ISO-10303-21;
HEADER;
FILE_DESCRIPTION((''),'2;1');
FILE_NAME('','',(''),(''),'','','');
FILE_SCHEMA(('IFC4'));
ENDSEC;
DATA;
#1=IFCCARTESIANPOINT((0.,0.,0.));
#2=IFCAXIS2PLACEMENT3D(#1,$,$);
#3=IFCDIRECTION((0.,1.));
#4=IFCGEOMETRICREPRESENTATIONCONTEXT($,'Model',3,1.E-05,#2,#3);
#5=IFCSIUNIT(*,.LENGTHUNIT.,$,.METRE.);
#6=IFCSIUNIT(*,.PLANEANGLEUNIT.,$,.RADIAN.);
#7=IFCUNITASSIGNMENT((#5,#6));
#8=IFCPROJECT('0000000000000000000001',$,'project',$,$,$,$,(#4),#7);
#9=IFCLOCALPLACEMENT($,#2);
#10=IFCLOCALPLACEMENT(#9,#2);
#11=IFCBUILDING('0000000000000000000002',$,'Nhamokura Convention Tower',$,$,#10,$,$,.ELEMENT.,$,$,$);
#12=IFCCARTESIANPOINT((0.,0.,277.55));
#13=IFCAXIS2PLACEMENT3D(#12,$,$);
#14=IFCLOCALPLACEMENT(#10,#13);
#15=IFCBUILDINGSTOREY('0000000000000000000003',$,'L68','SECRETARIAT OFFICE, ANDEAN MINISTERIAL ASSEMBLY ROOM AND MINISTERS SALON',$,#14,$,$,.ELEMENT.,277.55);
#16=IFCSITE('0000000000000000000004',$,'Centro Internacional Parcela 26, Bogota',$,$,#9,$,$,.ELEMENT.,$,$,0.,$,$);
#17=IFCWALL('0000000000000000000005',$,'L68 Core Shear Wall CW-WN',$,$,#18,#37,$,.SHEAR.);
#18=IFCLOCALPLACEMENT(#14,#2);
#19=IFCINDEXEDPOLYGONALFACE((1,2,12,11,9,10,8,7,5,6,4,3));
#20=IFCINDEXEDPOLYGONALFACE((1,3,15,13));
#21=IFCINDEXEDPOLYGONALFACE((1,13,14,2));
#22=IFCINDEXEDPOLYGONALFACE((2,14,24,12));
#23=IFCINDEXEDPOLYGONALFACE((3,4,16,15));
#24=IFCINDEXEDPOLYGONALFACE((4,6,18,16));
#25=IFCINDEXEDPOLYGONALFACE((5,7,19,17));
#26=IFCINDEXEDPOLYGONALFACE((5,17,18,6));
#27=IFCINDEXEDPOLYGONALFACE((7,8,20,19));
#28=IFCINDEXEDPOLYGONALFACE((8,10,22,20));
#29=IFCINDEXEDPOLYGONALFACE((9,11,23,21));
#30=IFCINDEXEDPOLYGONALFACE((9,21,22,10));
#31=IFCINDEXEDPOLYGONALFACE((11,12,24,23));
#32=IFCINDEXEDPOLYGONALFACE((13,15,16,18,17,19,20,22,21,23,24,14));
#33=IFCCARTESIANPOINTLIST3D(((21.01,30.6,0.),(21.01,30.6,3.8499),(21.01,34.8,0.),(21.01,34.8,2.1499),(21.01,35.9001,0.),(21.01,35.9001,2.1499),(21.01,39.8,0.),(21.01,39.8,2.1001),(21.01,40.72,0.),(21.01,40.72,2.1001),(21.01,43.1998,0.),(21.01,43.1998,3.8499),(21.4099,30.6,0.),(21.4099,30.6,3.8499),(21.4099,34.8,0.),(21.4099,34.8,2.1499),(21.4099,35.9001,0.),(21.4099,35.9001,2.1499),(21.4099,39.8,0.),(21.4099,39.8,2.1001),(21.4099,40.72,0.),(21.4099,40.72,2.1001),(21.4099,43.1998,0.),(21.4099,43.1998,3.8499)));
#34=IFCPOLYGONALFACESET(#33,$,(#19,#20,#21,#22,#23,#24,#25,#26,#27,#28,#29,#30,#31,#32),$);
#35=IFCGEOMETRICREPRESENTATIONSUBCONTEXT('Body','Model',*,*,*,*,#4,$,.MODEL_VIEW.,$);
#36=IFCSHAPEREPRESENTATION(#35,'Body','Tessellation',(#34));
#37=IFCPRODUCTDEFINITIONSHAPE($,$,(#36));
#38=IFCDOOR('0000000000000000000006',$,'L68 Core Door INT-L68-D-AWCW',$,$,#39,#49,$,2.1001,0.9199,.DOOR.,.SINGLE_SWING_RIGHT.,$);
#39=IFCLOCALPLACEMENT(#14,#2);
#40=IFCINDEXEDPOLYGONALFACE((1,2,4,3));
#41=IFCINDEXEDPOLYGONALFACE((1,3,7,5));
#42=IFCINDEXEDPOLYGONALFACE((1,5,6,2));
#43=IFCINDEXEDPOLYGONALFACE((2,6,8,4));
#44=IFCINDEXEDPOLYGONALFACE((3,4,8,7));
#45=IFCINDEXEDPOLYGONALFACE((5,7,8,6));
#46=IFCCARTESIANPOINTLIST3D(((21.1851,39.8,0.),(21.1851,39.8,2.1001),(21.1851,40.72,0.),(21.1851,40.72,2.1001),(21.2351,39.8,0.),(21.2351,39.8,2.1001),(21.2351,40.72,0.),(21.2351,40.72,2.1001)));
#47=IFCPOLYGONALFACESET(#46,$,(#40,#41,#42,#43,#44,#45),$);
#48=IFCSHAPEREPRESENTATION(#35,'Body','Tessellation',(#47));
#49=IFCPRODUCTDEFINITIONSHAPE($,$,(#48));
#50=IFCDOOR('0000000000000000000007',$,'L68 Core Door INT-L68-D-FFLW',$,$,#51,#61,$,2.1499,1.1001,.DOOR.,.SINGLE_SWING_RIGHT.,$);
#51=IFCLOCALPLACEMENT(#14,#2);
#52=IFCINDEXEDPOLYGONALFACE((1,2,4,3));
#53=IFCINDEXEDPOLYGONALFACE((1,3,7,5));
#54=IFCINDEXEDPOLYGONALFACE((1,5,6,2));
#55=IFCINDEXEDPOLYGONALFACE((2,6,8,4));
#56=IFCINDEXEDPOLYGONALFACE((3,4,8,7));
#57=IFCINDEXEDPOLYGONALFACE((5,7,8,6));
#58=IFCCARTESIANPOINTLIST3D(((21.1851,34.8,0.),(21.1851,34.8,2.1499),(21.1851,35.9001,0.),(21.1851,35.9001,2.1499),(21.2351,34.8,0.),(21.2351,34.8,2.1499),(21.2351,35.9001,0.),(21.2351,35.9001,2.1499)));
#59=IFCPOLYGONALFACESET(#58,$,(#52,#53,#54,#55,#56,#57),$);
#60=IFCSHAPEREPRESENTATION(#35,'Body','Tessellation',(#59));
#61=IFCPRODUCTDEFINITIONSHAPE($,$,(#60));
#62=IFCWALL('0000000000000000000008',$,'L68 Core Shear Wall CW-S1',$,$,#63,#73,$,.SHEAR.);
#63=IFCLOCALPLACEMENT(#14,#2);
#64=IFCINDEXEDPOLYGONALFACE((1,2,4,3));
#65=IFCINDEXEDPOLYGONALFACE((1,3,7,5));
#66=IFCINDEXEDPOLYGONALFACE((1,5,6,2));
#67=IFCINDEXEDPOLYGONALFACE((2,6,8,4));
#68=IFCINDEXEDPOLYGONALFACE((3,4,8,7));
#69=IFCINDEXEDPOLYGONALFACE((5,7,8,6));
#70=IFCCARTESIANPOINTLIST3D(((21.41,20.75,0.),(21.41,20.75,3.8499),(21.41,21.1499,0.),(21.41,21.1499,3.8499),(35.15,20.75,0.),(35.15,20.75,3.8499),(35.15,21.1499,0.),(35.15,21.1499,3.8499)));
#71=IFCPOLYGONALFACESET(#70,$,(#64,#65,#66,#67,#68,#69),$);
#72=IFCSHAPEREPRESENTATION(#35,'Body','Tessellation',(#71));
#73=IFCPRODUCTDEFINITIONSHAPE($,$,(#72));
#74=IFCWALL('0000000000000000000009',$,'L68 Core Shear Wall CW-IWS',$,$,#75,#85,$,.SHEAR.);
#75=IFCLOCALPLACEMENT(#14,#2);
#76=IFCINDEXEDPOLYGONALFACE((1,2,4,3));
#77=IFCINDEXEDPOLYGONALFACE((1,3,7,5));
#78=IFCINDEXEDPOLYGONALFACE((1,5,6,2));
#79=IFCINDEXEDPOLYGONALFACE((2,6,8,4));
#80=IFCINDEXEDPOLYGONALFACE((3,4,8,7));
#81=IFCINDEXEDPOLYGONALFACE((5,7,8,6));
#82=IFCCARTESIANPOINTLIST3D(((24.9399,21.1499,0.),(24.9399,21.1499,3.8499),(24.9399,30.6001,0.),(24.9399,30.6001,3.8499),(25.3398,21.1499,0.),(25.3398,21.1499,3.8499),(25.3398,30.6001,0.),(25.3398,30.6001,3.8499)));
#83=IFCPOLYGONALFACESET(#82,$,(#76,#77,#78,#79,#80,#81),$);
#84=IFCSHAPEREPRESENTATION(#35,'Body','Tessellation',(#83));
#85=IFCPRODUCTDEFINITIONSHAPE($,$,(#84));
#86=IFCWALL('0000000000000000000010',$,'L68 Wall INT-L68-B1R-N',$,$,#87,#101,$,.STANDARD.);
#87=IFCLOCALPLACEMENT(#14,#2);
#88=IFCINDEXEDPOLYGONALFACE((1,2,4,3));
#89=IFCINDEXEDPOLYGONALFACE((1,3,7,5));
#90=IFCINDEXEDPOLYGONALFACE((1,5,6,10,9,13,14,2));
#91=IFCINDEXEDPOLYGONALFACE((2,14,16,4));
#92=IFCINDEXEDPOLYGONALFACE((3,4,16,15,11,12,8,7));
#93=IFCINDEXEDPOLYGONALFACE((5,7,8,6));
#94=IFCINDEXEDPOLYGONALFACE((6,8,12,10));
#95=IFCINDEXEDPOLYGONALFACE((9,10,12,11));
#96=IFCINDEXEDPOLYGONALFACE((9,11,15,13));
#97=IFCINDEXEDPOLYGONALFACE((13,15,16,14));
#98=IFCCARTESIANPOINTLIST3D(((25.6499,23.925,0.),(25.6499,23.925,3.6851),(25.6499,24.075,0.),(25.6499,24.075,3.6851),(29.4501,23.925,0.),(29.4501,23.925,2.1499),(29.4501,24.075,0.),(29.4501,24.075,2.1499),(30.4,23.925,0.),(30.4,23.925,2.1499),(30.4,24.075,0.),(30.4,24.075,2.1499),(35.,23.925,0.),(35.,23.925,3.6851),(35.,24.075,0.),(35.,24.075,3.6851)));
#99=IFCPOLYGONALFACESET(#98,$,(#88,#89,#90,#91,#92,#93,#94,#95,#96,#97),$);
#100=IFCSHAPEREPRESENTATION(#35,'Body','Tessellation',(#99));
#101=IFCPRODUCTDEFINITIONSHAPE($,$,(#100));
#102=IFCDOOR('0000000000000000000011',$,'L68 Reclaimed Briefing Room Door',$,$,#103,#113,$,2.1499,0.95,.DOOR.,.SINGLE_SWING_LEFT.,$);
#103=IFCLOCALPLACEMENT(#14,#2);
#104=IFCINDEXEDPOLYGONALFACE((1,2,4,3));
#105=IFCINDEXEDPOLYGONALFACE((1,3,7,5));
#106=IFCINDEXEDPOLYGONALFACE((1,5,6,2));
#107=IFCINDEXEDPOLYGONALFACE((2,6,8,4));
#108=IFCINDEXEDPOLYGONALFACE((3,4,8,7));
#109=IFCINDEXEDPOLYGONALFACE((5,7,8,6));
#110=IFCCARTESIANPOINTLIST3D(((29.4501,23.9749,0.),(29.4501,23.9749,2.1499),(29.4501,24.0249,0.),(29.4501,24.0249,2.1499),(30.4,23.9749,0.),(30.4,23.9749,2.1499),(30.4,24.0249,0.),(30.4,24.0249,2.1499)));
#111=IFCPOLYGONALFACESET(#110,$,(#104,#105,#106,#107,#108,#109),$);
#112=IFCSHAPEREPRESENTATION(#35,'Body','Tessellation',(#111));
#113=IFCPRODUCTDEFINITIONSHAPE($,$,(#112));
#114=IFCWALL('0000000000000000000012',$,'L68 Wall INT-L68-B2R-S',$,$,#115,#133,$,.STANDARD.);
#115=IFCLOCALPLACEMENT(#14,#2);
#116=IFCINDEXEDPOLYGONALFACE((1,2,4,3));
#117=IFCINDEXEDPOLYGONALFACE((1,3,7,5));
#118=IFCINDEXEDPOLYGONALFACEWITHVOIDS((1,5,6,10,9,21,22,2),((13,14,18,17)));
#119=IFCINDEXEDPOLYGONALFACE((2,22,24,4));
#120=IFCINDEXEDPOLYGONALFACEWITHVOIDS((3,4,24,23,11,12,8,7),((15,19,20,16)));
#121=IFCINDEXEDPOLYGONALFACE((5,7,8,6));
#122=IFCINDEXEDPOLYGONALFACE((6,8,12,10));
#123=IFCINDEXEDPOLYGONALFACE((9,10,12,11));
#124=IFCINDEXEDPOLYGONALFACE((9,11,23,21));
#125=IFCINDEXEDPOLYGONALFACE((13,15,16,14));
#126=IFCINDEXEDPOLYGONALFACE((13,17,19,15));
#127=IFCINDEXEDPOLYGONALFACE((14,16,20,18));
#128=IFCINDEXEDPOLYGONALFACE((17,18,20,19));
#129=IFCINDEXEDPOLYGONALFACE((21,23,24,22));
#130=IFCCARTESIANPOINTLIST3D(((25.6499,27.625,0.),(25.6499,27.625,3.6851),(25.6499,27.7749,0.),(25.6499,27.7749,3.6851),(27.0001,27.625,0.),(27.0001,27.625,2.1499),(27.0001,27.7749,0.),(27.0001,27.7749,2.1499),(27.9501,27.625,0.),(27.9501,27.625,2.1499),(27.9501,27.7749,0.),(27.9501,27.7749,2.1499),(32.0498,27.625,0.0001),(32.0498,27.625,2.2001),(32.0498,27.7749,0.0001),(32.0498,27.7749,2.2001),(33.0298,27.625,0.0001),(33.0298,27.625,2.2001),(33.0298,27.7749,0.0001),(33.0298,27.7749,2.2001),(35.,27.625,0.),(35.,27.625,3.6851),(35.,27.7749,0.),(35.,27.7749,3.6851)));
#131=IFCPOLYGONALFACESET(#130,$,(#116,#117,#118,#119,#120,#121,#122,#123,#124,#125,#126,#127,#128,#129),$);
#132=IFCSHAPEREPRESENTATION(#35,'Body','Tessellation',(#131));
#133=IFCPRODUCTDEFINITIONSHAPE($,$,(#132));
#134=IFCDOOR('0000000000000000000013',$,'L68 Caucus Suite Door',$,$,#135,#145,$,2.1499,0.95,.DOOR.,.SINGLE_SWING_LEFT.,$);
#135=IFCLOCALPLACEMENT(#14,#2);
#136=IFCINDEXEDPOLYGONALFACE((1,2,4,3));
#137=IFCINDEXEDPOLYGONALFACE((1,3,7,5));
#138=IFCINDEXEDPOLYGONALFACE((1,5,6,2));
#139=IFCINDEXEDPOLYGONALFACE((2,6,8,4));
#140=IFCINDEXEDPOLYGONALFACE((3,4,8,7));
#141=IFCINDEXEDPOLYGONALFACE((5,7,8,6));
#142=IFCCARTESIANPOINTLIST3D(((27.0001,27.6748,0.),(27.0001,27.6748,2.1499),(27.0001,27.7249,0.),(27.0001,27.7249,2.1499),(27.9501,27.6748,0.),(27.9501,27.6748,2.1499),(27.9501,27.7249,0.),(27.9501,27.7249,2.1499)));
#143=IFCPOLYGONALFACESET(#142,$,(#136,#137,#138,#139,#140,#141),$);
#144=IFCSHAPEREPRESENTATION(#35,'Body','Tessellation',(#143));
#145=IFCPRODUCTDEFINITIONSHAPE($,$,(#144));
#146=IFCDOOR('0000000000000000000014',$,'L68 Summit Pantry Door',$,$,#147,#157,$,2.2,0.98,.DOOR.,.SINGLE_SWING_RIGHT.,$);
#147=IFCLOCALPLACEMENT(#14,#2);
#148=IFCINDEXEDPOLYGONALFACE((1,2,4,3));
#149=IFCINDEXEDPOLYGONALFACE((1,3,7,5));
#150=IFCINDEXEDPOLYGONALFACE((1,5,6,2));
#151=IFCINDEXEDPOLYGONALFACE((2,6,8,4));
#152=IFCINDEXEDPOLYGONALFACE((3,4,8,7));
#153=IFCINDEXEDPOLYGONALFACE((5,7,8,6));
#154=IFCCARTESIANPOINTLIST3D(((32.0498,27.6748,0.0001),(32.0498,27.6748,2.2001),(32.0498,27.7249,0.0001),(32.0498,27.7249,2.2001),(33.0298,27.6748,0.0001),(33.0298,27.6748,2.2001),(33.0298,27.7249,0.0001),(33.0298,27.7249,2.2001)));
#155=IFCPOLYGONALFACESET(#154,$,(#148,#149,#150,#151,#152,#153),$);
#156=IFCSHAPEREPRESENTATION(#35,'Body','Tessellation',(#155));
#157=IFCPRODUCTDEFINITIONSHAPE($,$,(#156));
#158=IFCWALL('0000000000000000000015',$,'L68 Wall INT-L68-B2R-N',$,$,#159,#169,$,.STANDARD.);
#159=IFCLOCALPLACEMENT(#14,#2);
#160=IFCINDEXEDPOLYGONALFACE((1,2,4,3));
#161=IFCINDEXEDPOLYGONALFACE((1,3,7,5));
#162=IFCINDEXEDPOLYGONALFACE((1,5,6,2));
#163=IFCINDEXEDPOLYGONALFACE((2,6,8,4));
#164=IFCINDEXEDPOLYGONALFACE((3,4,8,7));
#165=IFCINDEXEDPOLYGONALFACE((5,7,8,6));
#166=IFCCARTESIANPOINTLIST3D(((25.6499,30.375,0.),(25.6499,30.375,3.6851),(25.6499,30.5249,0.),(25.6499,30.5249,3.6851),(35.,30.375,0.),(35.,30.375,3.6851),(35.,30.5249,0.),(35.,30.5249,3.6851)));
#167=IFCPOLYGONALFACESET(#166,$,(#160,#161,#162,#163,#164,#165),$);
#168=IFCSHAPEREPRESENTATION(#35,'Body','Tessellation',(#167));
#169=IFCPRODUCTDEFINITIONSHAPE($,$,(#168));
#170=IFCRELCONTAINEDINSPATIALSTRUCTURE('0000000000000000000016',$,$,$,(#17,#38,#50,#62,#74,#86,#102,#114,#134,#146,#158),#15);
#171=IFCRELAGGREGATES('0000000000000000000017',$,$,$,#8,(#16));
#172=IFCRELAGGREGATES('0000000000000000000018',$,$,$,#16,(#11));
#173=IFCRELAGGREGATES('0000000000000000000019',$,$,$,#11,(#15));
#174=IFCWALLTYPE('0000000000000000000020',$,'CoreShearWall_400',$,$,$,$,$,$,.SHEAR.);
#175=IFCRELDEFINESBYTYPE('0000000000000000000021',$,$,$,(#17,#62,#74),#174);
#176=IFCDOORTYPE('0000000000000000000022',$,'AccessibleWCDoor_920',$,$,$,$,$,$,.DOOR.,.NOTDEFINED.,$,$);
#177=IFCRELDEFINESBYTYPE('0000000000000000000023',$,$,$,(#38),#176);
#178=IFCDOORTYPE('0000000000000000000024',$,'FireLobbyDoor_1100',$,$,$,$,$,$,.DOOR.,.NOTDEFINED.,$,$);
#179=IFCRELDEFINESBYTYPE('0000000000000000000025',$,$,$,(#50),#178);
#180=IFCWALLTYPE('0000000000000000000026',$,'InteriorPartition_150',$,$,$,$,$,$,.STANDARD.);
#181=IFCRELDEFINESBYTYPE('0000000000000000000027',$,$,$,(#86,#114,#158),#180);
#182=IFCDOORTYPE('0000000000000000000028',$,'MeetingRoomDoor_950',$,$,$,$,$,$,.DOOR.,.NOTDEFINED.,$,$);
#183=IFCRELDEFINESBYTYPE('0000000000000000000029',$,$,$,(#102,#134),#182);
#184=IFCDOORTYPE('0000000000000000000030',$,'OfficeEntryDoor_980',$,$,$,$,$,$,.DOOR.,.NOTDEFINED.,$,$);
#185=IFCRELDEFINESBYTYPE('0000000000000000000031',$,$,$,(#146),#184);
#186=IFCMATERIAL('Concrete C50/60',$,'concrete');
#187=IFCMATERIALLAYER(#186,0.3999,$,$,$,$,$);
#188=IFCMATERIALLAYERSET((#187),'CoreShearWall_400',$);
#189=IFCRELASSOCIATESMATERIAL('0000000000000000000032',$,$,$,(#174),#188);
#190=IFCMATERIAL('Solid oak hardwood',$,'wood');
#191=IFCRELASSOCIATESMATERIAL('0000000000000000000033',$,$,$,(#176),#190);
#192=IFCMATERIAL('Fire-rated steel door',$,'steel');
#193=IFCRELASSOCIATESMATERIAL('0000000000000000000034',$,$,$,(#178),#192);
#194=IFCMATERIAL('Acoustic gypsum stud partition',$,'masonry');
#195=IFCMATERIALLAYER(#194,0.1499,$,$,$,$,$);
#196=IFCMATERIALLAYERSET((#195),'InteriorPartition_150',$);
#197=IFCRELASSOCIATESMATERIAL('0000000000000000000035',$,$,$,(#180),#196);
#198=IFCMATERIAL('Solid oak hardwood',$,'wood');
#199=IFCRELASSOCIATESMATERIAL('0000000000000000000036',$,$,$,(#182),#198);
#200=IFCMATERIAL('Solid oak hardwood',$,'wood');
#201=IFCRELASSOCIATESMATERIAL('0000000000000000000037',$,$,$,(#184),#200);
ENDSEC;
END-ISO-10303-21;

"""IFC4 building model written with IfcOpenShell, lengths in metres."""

from ifc_helpers import new_model, si_unit, direction, frame, frame_2d, origin, place, context, subcontext, project, spatial, rectangle, extrude, material, layer, layer_set, type_object, element, fill, save


model = new_model("IFC4")

# Units and contexts
model_context = context("Model", 3, precision=1e-05, world=origin(), true_north=direction((0.0, 1.0)))
body_context = subcontext(model_context, "Body", "Model", "MODEL_VIEW")
ifc_project = project(units=[si_unit("LENGTHUNIT", "METRE"), si_unit("PLANEANGLEUNIT", "RADIAN")], contexts=[model_context])

# Site, building, storey
site_placement = place(None, origin())
site = spatial("IfcSite", under=ifc_project, at=site_placement, Name="Centro Internacional Parcela 26, Bogota", CompositionType="ELEMENT", RefElevation=0.0)
building_placement = place(site_placement, origin())
building = spatial("IfcBuilding", under=site, at=building_placement, Name="Nhamokura Convention Tower", CompositionType="ELEMENT")
storey_placement = place(building_placement, frame((0.0, 0.0, 277.55)))
storey = spatial("IfcBuildingStorey", under=building, at=storey_placement, Name="L68", Description="SECRETARIAT OFFICE, ANDEAN MINISTERIAL ASSEMBLY ROOM AND MINISTERS SALON", CompositionType="ELEMENT", Elevation=277.55)

# Wall, openings, doors
ifc_material_1 = material(Name="Concrete C50/60", Category="concrete")
ifc_layer_1 = layer(ifc_material_1, 0.3999)
ifc_layer_set_1 = layer_set([ifc_layer_1], Name="CoreShearWall_400")
wall_type_1 = type_object("IfcWallType", Name="CoreShearWall_400", PredefinedType="SHEAR", material=ifc_layer_set_1)
wall_1_placement = place(storey_placement, frame((21.21, 30.6001, 0.0), z_axis=(0.0, 0.0, 1.0), x_axis=(0.0, 1.0, 0.0)))
wall_1 = element("IfcWall", 1, at=wall_1_placement, inside=storey, type_object=wall_type_1, Name="L68 Core Shear Wall CW-WN", PredefinedType="SHEAR", context=body_context, shape_type="SweptSolid", body=[
    extrude(rectangle(XDim=12.5999, YDim=0.3999, at=frame_2d((6.2998, 0.0))), origin(), (0.0, 0.0, 1.0), 3.8499),
])
opening_1_placement = place(wall_1_placement, frame((4.2, 0.0, 0.0)))
opening_1 = element("IfcOpeningElement", 2, at=opening_1_placement, cuts=wall_1, PredefinedType="OPENING", context=body_context, shape_type="SweptSolid", body=[
    extrude(rectangle(XDim=1.1001, YDim=2.1499, at=frame_2d((0.55, 1.075))), frame((0.0, 0.21, 0.0), z_axis=(0.0, -1.0, 0.0), x_axis=(1.0, 0.0, 0.0)), (0.0, 0.0, 1.0), 0.4199),
])
opening_2_placement = place(wall_1_placement, frame((9.2, 0.0, 0.0)))
opening_2 = element("IfcOpeningElement", 3, at=opening_2_placement, cuts=wall_1, PredefinedType="OPENING", context=body_context, shape_type="SweptSolid", body=[
    extrude(rectangle(XDim=0.9199, YDim=2.1001, at=frame_2d((0.46, 1.05))), frame((0.0, 0.21, 0.0), z_axis=(0.0, -1.0, 0.0), x_axis=(1.0, 0.0, 0.0)), (0.0, 0.0, 1.0), 0.4199),
])
ifc_material_2 = material(Name="Solid oak hardwood", Category="wood")
door_type_1 = type_object("IfcDoorType", Name="AccessibleWCDoor_920", OperationType="NOTDEFINED", PredefinedType="DOOR", material=ifc_material_2)
door_1_placement = place(opening_2_placement, origin())
door_1 = element("IfcDoor", 4, at=door_1_placement, inside=storey, type_object=door_type_1, Name="L68 Core Door INT-L68-D-AWCW", OperationType="SINGLE_SWING_RIGHT", OverallHeight=2.1001, OverallWidth=0.9199, PredefinedType="DOOR", context=body_context, shape_type="SweptSolid", body=[
    extrude(rectangle(XDim=0.9199, YDim=2.1001, at=frame_2d((0.46, 1.05))), frame((0.0, 0.0249, 0.0), z_axis=(0.0, -1.0, 0.0), x_axis=(1.0, 0.0, 0.0)), (0.0, 0.0, 1.0), 0.05),
])
fill(opening_2, door_1)
ifc_material_3 = material(Name="Fire-rated steel door", Category="steel")
door_type_2 = type_object("IfcDoorType", Name="FireLobbyDoor_1100", OperationType="NOTDEFINED", PredefinedType="DOOR", material=ifc_material_3)
door_2_placement = place(opening_1_placement, origin())
door_2 = element("IfcDoor", 5, at=door_2_placement, inside=storey, type_object=door_type_2, Name="L68 Core Door INT-L68-D-FFLW", OperationType="SINGLE_SWING_RIGHT", OverallHeight=2.1499, OverallWidth=1.1001, PredefinedType="DOOR", context=body_context, shape_type="SweptSolid", body=[
    extrude(rectangle(XDim=1.1001, YDim=2.1499, at=frame_2d((0.55, 1.075))), frame((0.0, 0.0249, 0.0), z_axis=(0.0, -1.0, 0.0), x_axis=(1.0, 0.0, 0.0)), (0.0, 0.0, 1.0), 0.05),
])
fill(opening_1, door_2)

# Walls
wall_2_placement = place(storey_placement, frame((21.4099, 20.95, 0.0), z_axis=(0.0, 0.0, 1.0), x_axis=(1.0, 0.0, 0.0)))
element("IfcWall", 6, at=wall_2_placement, inside=storey, type_object=wall_type_1, Name="L68 Core Shear Wall CW-S1", PredefinedType="SHEAR", context=body_context, shape_type="SweptSolid", body=[
    extrude(rectangle(XDim=13.74, YDim=0.3999, at=frame_2d((6.8701, 0.0))), origin(), (0.0, 0.0, 1.0), 3.8499),
])
wall_3_placement = place(storey_placement, frame((25.1399, 21.1499, 0.0), z_axis=(0.0, 0.0, 1.0), x_axis=(0.0, 1.0, 0.0)))
element("IfcWall", 7, at=wall_3_placement, inside=storey, type_object=wall_type_1, Name="L68 Core Shear Wall CW-IWS", PredefinedType="SHEAR", context=body_context, shape_type="SweptSolid", body=[
    extrude(rectangle(XDim=9.4502, YDim=0.3999, at=frame_2d((4.7251, 0.0))), origin(), (0.0, 0.0, 1.0), 3.8499),
])

# Wall, opening, door
ifc_material_4 = material(Name="Acoustic gypsum stud partition", Category="masonry")
ifc_layer_2 = layer(ifc_material_4, 0.1499)
ifc_layer_set_2 = layer_set([ifc_layer_2], Name="InteriorPartition_150")
wall_type_2 = type_object("IfcWallType", Name="InteriorPartition_150", PredefinedType="STANDARD", material=ifc_layer_set_2)
wall_4_placement = place(storey_placement, frame((25.6499, 24.0, 0.0), z_axis=(0.0, 0.0, 1.0), x_axis=(1.0, 0.0, 0.0)))
wall_4 = element("IfcWall", 8, at=wall_4_placement, inside=storey, type_object=wall_type_2, Name="L68 Wall INT-L68-B1R-N", PredefinedType="STANDARD", context=body_context, shape_type="SweptSolid", body=[
    extrude(rectangle(XDim=9.3501, YDim=0.1499, at=frame_2d((4.675, 0.0))), origin(), (0.0, 0.0, 1.0), 3.6851),
])
opening_3_placement = place(wall_4_placement, frame((3.8, 0.0, 0.0)))
opening_3 = element("IfcOpeningElement", 9, at=opening_3_placement, cuts=wall_4, PredefinedType="OPENING", context=body_context, shape_type="SweptSolid", body=[
    extrude(rectangle(XDim=0.95, YDim=2.1499, at=frame_2d((0.4751, 1.075))), frame((0.0, 0.085, 0.0), z_axis=(0.0, -1.0, 0.0), x_axis=(1.0, 0.0, 0.0)), (0.0, 0.0, 1.0), 0.1699),
])
ifc_material_5 = material(Name="Solid oak hardwood", Category="wood")
door_type_3 = type_object("IfcDoorType", Name="MeetingRoomDoor_950", OperationType="NOTDEFINED", PredefinedType="DOOR", material=ifc_material_5)
door_3_placement = place(opening_3_placement, origin())
door_3 = element("IfcDoor", 10, at=door_3_placement, inside=storey, type_object=door_type_3, Name="L68 Reclaimed Briefing Room Door", OperationType="SINGLE_SWING_LEFT", OverallHeight=2.1499, OverallWidth=0.95, PredefinedType="DOOR", context=body_context, shape_type="SweptSolid", body=[
    extrude(rectangle(XDim=0.95, YDim=2.1499, at=frame_2d((0.4751, 1.075))), frame((0.0, 0.0249, 0.0), z_axis=(0.0, -1.0, 0.0), x_axis=(1.0, 0.0, 0.0)), (0.0, 0.0, 1.0), 0.05),
])
fill(opening_3, door_3)

# Wall, openings, doors
wall_5_placement = place(storey_placement, frame((25.6499, 27.7, 0.0), z_axis=(0.0, 0.0, 1.0), x_axis=(1.0, 0.0, 0.0)))
wall_5 = element("IfcWall", 11, at=wall_5_placement, inside=storey, type_object=wall_type_2, Name="L68 Wall INT-L68-B2R-S", PredefinedType="STANDARD", context=body_context, shape_type="SweptSolid", body=[
    extrude(rectangle(XDim=9.3501, YDim=0.1499, at=frame_2d((4.675, 0.0))), origin(), (0.0, 0.0, 1.0), 3.6851),
])
opening_4_placement = place(wall_5_placement, frame((1.3501, 0.0, 0.0)))
opening_4 = element("IfcOpeningElement", 12, at=opening_4_placement, cuts=wall_5, PredefinedType="OPENING", context=body_context, shape_type="SweptSolid", body=[
    extrude(rectangle(XDim=0.95, YDim=2.1499, at=frame_2d((0.4751, 1.075))), frame((0.0, 0.085, 0.0), z_axis=(0.0, -1.0, 0.0), x_axis=(1.0, 0.0, 0.0)), (0.0, 0.0, 1.0), 0.1699),
])
opening_5_placement = place(wall_5_placement, frame((6.3999, 0.0, 0.0)))
opening_5 = element("IfcOpeningElement", 13, at=opening_5_placement, cuts=wall_5, PredefinedType="OPENING", context=body_context, shape_type="SweptSolid", body=[
    extrude(rectangle(XDim=0.98, YDim=2.2, at=frame_2d((0.49, 1.1001))), frame((0.0, 0.085, 0.0), z_axis=(0.0, -1.0, 0.0), x_axis=(1.0, 0.0, 0.0)), (0.0, 0.0, 1.0), 0.1699),
])
door_4_placement = place(opening_4_placement, origin())
door_4 = element("IfcDoor", 14, at=door_4_placement, inside=storey, type_object=door_type_3, Name="L68 Caucus Suite Door", OperationType="SINGLE_SWING_LEFT", OverallHeight=2.1499, OverallWidth=0.95, PredefinedType="DOOR", context=body_context, shape_type="SweptSolid", body=[
    extrude(rectangle(XDim=0.95, YDim=2.1499, at=frame_2d((0.4751, 1.075))), frame((0.0, 0.0249, 0.0), z_axis=(0.0, -1.0, 0.0), x_axis=(1.0, 0.0, 0.0)), (0.0, 0.0, 1.0), 0.05),
])
fill(opening_4, door_4)
ifc_material_6 = material(Name="Solid oak hardwood", Category="wood")
door_type_4 = type_object("IfcDoorType", Name="OfficeEntryDoor_980", OperationType="NOTDEFINED", PredefinedType="DOOR", material=ifc_material_6)
door_5_placement = place(opening_5_placement, origin())
door_5 = element("IfcDoor", 15, at=door_5_placement, inside=storey, type_object=door_type_4, Name="L68 Summit Pantry Door", OperationType="SINGLE_SWING_RIGHT", OverallHeight=2.2, OverallWidth=0.98, PredefinedType="DOOR", context=body_context, shape_type="SweptSolid", body=[
    extrude(rectangle(XDim=0.98, YDim=2.2, at=frame_2d((0.49, 1.1001))), frame((0.0, 0.0249, 0.0), z_axis=(0.0, -1.0, 0.0), x_axis=(1.0, 0.0, 0.0)), (0.0, 0.0, 1.0), 0.05),
])
fill(opening_5, door_5)

# Wall
wall_6_placement = place(storey_placement, frame((25.6499, 30.45, 0.0), z_axis=(0.0, 0.0, 1.0), x_axis=(1.0, 0.0, 0.0)))
element("IfcWall", 16, at=wall_6_placement, inside=storey, type_object=wall_type_2, Name="L68 Wall INT-L68-B2R-N", PredefinedType="STANDARD", context=body_context, shape_type="SweptSolid", body=[
    extrude(rectangle(XDim=9.3501, YDim=0.1499, at=frame_2d((4.675, 0.0))), origin(), (0.0, 0.0, 1.0), 3.6851),
])

save(model, "model.ifc")
